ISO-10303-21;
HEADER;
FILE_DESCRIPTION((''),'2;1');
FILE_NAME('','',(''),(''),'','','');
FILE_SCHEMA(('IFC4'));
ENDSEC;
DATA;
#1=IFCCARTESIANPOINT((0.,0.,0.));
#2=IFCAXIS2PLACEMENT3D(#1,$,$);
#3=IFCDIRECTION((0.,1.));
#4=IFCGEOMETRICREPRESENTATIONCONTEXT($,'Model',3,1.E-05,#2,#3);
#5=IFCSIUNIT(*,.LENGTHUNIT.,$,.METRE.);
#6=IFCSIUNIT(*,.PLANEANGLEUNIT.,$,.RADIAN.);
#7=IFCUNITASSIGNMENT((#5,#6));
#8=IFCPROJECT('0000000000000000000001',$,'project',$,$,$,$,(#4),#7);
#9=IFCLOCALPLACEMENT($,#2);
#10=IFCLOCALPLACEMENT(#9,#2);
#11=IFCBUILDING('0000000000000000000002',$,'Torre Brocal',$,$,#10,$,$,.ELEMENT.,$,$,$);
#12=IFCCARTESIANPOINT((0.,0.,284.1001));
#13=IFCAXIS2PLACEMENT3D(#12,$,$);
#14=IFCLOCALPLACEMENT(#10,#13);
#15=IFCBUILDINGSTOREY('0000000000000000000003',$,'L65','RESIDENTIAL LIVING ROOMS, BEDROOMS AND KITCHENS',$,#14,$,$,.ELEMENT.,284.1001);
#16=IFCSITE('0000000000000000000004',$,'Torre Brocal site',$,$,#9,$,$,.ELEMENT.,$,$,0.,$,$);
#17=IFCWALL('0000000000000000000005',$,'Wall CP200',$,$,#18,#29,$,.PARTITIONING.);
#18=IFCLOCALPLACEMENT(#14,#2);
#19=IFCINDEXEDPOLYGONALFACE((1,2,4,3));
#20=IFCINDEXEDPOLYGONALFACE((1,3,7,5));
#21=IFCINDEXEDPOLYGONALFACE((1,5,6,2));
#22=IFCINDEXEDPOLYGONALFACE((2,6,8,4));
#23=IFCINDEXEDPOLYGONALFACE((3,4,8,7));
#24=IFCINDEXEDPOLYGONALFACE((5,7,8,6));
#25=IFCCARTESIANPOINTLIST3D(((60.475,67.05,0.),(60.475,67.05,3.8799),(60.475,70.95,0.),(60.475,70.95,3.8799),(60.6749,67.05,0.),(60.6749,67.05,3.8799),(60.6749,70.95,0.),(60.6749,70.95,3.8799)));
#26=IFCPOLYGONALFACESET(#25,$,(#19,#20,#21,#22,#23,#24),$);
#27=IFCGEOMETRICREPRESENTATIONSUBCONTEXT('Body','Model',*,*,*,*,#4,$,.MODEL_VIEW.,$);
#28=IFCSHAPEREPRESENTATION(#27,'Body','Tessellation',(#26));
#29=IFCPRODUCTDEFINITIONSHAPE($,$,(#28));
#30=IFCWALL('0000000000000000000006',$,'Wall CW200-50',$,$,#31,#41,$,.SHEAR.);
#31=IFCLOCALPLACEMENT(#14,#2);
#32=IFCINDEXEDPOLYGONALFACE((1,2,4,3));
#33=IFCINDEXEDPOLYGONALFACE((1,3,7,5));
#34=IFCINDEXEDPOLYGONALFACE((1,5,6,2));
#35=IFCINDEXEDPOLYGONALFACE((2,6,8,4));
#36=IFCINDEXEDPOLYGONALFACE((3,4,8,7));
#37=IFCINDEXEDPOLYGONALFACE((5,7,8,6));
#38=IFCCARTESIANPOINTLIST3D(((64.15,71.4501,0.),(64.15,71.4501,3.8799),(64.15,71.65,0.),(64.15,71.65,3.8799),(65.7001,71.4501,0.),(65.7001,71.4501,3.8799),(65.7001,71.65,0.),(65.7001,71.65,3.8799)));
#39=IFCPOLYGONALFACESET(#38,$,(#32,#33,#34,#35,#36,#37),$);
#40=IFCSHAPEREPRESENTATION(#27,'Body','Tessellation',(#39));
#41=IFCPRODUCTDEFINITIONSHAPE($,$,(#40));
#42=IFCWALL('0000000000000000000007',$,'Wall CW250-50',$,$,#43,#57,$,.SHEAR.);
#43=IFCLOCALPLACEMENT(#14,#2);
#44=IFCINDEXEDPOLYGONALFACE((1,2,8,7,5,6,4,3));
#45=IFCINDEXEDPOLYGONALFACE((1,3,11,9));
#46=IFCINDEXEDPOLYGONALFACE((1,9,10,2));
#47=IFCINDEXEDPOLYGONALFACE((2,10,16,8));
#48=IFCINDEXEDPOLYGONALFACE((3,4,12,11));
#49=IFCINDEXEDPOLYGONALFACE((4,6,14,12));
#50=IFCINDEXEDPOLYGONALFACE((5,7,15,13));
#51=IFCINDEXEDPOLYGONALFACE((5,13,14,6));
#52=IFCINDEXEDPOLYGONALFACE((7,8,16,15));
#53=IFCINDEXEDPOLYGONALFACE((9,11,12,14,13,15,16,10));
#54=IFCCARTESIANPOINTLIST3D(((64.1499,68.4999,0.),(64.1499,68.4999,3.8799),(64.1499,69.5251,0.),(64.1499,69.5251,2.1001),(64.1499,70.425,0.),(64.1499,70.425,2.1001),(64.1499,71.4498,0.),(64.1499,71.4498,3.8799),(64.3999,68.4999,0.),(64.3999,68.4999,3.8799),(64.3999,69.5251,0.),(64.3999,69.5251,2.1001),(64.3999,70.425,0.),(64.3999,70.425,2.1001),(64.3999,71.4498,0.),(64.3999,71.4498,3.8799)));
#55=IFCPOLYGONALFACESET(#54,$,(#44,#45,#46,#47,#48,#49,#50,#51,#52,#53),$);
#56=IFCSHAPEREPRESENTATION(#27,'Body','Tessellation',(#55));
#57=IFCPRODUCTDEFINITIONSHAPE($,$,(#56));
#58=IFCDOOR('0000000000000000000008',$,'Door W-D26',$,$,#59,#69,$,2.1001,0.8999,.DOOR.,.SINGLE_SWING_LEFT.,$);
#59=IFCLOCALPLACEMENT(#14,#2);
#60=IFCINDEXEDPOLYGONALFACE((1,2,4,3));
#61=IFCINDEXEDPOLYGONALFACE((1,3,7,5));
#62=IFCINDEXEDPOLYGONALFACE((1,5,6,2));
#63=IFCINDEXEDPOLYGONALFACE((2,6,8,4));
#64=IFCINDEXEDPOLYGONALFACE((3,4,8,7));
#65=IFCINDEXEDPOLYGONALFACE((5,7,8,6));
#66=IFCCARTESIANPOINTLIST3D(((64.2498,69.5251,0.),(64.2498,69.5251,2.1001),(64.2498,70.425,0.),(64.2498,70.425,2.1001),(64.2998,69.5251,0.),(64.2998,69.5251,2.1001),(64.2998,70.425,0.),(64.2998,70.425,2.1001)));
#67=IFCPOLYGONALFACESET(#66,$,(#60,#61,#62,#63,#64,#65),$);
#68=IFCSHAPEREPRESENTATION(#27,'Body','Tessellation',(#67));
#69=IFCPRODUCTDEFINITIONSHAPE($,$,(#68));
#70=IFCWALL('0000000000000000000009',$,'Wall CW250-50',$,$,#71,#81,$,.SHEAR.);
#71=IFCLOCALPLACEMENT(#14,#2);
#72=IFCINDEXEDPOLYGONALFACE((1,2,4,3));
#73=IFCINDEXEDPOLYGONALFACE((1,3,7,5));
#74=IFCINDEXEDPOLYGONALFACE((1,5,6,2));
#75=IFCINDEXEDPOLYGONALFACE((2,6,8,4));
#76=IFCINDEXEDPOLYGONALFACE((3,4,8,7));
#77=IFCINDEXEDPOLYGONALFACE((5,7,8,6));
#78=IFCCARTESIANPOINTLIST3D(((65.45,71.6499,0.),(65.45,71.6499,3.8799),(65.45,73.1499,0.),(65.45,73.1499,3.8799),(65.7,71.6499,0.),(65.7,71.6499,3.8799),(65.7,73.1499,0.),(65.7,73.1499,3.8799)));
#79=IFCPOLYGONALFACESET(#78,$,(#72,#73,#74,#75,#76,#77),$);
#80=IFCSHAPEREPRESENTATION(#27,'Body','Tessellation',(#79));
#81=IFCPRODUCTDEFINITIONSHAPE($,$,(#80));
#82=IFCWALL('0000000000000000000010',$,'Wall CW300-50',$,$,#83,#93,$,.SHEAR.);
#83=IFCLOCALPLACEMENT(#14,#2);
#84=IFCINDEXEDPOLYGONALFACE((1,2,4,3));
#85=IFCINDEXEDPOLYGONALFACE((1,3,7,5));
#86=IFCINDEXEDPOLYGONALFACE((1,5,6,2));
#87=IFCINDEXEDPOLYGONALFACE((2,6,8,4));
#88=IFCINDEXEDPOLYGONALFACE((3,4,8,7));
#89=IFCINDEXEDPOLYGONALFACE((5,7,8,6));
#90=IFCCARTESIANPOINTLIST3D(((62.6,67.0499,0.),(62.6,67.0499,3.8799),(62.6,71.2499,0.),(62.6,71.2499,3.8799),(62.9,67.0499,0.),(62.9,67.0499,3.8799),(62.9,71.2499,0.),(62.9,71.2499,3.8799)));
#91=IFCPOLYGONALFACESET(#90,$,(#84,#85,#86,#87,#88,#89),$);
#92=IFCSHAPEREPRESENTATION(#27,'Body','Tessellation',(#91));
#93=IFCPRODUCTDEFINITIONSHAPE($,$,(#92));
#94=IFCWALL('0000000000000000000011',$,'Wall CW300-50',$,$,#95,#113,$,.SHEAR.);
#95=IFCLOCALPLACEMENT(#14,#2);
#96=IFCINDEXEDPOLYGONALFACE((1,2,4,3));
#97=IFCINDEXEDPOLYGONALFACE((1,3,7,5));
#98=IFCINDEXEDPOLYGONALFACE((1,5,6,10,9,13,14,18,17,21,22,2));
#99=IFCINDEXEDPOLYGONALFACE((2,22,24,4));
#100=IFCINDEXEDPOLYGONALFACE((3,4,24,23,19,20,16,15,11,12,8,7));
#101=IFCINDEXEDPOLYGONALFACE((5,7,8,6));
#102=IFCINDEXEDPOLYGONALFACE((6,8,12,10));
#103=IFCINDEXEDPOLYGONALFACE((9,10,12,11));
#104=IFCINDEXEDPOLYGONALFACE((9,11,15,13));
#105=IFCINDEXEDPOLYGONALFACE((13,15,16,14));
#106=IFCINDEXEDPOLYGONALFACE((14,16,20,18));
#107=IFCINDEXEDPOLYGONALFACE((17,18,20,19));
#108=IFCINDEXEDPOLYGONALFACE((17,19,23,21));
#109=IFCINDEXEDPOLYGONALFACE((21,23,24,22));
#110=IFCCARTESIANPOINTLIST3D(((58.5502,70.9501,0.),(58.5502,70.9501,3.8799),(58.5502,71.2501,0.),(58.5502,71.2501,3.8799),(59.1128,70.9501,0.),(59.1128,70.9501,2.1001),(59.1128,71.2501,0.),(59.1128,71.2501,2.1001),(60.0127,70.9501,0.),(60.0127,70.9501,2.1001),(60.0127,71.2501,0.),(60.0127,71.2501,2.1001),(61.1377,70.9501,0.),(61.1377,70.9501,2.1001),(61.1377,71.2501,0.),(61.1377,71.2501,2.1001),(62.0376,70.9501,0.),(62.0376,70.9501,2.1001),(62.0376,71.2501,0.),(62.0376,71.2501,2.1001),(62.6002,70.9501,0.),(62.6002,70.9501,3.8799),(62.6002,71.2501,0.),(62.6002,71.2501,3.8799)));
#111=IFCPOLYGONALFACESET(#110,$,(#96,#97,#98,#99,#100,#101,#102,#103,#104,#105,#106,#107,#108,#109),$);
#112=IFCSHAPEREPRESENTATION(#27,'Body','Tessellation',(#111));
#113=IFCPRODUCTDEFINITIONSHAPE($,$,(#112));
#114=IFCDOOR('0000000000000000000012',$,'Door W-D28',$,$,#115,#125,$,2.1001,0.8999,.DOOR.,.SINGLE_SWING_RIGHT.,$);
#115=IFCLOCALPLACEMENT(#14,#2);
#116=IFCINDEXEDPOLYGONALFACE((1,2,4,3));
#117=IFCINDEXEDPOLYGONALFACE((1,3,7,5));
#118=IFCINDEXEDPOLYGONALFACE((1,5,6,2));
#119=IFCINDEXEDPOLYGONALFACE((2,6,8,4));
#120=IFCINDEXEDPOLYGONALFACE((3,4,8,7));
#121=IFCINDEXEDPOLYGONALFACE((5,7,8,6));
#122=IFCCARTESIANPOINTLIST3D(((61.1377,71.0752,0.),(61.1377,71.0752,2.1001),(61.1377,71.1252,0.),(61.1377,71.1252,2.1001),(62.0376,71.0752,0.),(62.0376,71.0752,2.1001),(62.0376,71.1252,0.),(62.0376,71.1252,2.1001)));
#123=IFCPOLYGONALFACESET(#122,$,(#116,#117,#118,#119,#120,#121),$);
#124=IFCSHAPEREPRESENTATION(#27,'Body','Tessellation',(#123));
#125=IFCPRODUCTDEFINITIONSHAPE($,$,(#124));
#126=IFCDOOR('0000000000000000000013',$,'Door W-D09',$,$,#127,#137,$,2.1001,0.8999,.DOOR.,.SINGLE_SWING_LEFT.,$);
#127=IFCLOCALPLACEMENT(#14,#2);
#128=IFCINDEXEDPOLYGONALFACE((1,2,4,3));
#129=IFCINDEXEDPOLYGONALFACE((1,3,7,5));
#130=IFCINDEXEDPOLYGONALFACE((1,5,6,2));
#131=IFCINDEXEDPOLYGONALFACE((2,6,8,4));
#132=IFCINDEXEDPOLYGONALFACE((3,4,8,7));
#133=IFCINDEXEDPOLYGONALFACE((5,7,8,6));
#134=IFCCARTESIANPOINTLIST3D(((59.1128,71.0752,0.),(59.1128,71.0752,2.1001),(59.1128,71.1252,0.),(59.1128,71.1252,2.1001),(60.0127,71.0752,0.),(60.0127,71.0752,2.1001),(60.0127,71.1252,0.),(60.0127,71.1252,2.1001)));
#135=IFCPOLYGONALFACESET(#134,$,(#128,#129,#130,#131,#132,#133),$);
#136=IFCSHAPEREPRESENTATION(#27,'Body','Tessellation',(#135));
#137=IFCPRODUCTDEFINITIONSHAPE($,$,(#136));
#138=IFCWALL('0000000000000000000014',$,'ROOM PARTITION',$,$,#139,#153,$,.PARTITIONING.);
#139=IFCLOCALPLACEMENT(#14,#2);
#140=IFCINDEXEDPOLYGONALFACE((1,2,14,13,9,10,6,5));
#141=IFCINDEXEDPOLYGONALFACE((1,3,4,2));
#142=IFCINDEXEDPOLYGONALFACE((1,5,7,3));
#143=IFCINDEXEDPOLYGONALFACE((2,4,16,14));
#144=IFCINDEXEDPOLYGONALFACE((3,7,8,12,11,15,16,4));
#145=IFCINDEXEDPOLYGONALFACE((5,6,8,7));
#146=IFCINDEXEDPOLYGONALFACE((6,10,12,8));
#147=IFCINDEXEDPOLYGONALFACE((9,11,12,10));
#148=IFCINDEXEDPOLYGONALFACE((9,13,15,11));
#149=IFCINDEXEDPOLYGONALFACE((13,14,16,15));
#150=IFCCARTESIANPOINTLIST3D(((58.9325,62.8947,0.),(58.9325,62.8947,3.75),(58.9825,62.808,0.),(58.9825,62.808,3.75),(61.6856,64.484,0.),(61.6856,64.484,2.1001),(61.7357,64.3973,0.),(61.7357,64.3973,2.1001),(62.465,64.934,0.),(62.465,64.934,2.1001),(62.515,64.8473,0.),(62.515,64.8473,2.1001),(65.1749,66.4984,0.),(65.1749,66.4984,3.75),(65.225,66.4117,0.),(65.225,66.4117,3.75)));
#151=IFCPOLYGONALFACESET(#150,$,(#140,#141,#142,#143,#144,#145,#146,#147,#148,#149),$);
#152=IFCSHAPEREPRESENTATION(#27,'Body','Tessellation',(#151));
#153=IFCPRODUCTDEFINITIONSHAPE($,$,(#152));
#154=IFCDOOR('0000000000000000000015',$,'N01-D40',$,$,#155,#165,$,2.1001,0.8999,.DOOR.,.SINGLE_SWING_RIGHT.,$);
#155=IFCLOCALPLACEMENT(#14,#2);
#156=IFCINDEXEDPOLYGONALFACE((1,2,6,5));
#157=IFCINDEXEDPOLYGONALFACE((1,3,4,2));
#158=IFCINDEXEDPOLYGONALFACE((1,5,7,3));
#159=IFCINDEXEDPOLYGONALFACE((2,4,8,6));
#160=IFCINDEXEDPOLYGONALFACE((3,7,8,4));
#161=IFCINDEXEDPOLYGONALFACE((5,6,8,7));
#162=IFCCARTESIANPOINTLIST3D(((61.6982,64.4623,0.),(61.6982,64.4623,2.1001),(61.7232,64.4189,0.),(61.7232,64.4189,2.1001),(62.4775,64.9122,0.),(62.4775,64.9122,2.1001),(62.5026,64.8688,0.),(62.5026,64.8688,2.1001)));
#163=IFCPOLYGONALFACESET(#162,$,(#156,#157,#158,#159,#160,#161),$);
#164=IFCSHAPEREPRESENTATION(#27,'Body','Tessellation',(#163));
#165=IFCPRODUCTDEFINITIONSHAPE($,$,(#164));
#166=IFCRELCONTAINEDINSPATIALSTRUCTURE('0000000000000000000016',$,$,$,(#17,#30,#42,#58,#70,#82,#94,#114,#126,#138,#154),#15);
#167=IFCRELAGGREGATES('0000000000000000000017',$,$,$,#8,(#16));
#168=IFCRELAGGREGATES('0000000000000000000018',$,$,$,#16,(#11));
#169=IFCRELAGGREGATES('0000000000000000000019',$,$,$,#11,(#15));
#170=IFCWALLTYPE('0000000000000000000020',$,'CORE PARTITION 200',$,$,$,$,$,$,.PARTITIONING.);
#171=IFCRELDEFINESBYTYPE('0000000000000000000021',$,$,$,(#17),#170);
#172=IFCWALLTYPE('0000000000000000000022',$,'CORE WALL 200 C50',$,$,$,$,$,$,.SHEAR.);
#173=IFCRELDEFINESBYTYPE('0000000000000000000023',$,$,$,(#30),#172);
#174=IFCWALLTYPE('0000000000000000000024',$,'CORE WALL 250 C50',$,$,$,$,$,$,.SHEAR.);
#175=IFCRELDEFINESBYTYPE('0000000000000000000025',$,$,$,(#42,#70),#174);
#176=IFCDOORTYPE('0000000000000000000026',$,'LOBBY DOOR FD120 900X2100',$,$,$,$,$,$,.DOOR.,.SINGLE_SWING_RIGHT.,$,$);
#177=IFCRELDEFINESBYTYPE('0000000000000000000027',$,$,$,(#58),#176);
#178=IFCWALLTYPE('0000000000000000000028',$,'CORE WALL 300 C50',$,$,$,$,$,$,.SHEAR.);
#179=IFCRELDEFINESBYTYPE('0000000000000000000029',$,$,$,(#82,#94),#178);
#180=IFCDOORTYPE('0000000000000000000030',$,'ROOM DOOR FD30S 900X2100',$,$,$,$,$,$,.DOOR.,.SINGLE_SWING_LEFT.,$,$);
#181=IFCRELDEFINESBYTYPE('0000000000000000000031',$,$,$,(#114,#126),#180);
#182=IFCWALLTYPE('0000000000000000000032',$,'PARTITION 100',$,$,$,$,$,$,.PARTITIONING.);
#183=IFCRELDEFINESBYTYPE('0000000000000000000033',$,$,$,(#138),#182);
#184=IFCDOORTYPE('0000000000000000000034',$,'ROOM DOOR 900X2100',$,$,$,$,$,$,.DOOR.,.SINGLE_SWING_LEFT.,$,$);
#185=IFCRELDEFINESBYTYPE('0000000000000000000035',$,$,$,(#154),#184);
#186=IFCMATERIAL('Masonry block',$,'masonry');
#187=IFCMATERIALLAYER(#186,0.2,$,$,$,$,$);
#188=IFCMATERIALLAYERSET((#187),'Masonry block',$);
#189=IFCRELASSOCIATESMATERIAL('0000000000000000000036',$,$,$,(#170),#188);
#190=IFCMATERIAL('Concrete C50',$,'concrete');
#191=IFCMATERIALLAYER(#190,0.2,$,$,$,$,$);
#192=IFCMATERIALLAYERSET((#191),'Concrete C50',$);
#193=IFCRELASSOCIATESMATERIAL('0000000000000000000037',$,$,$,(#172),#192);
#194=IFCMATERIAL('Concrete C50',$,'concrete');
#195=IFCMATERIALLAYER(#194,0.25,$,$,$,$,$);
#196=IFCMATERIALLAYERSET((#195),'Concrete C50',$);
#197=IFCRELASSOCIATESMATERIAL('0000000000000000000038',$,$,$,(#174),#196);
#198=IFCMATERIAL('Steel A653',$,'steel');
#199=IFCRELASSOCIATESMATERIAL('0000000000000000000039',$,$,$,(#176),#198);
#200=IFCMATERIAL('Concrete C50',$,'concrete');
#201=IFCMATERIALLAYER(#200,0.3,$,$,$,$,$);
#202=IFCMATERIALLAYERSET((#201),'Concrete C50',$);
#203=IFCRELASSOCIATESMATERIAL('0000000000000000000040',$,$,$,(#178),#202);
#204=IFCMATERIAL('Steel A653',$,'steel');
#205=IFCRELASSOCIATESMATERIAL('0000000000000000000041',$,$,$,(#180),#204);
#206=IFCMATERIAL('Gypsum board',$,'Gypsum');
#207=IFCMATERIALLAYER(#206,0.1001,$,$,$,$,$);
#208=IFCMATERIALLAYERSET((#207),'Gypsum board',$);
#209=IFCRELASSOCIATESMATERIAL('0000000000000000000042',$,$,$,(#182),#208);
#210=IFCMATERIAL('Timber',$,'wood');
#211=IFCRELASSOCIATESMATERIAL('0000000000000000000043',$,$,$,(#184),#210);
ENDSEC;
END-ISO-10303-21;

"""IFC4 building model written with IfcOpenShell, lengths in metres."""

from ifc_helpers import new_model, si_unit, direction, frame, frame_2d, origin, place, context, subcontext, project, spatial, rectangle, extrude, material, layer, layer_set, type_object, element, fill, save


model = new_model("IFC4")

# Units and contexts
model_context = context("Model", 3, precision=1e-05, world=origin(), true_north=direction((0.0, 1.0)))
body_context = subcontext(model_context, "Body", "Model", "MODEL_VIEW")
ifc_project = project(units=[si_unit("LENGTHUNIT", "METRE"), si_unit("PLANEANGLEUNIT", "RADIAN")], contexts=[model_context])

# Site, building, storey
site_placement = place(None, origin())
site = spatial("IfcSite", under=ifc_project, at=site_placement, Name="Torre Brocal site", CompositionType="ELEMENT", RefElevation=0.0)
building_placement = place(site_placement, origin())
building = spatial("IfcBuilding", under=site, at=building_placement, Name="Torre Brocal", CompositionType="ELEMENT")
storey_placement = place(building_placement, frame((0.0, 0.0, 284.1001)))
storey = spatial("IfcBuildingStorey", under=building, at=storey_placement, Name="L65", Description="RESIDENTIAL LIVING ROOMS, BEDROOMS AND KITCHENS", CompositionType="ELEMENT", Elevation=284.1001)

# Walls
ifc_material_1 = material(Name="Masonry block", Category="masonry")
ifc_layer_1 = layer(ifc_material_1, 0.2)
ifc_layer_set_1 = layer_set([ifc_layer_1], Name="Masonry block")
wall_type_1 = type_object("IfcWallType", Name="CORE PARTITION 200", PredefinedType="PARTITIONING", material=ifc_layer_set_1)
wall_1_placement = place(storey_placement, frame((60.575, 70.95, 0.0), z_axis=(0.0, 0.0, 1.0), x_axis=(0.0, -1.0, 0.0)))
element("IfcWall", 1, at=wall_1_placement, inside=storey, type_object=wall_type_1, Name="Wall CP200", PredefinedType="PARTITIONING", context=body_context, shape_type="SweptSolid", body=[
    extrude(rectangle(XDim=3.8999, YDim=0.2, at=frame_2d((1.95, 0.0))), origin(), (0.0, 0.0, 1.0), 3.8799),
])
ifc_material_2 = material(Name="Concrete C50", Category="concrete")
ifc_layer_2 = layer(ifc_material_2, 0.2)
ifc_layer_set_2 = layer_set([ifc_layer_2], Name="Concrete C50")
wall_type_2 = type_object("IfcWallType", Name="CORE WALL 200 C50", PredefinedType="SHEAR", material=ifc_layer_set_2)
wall_2_placement = place(storey_placement, frame((65.7, 71.55, 0.0), z_axis=(0.0, 0.0, 1.0), x_axis=(-1.0, 0.0, 0.0)))
element("IfcWall", 2, at=wall_2_placement, inside=storey, type_object=wall_type_2, Name="Wall CW200-50", PredefinedType="SHEAR", context=body_context, shape_type="SweptSolid", body=[
    extrude(rectangle(XDim=1.55, YDim=0.2, at=frame_2d((0.7749, 0.0))), origin(), (0.0, 0.0, 1.0), 3.8799),
])

# Wall, opening, door
ifc_material_3 = material(Name="Concrete C50", Category="concrete")
ifc_layer_3 = layer(ifc_material_3, 0.25)
ifc_layer_set_3 = layer_set([ifc_layer_3], Name="Concrete C50")
wall_type_3 = type_object("IfcWallType", Name="CORE WALL 250 C50", PredefinedType="SHEAR", material=ifc_layer_set_3)
wall_3_placement = place(storey_placement, frame((64.2749, 71.45, 0.0), z_axis=(0.0, 0.0, 1.0), x_axis=(0.0, -1.0, 0.0)))
wall_3 = element("IfcWall", 3, at=wall_3_placement, inside=storey, type_object=wall_type_3, Name="Wall CW250-50", PredefinedType="SHEAR", context=body_context, shape_type="SweptSolid", body=[
    extrude(rectangle(XDim=2.95, YDim=0.25, at=frame_2d((1.4751, 0.0))), origin(), (0.0, 0.0, 1.0), 3.8799),
])
opening_1_placement = place(wall_3_placement, frame((1.0249, 0.0, 0.0)))
opening_1 = element("IfcOpeningElement", 4, at=opening_1_placement, cuts=wall_3, PredefinedType="OPENING", context=body_context, shape_type="SweptSolid", body=[
    extrude(rectangle(XDim=0.8999, YDim=2.1001, at=frame_2d((0.45, 1.05))), frame((0.0, 0.135, 0.0), z_axis=(0.0, -1.0, 0.0), x_axis=(1.0, 0.0, 0.0)), (0.0, 0.0, 1.0), 0.27),
])
ifc_material_4 = material(Name="Steel A653", Category="steel")
door_type_1 = type_object("IfcDoorType", Name="LOBBY DOOR FD120 900X2100", OperationType="SINGLE_SWING_RIGHT", PredefinedType="DOOR", material=ifc_material_4)
door_1_placement = place(opening_1_placement, origin())
door_1 = element("IfcDoor", 5, at=door_1_placement, inside=storey, type_object=door_type_1, Name="Door W-D26", OperationType="SINGLE_SWING_LEFT", OverallHeight=2.1001, OverallWidth=0.8999, PredefinedType="DOOR", context=body_context, shape_type="SweptSolid", body=[
    extrude(rectangle(XDim=0.8999, YDim=2.1001, at=frame_2d((0.45, 1.05))), frame((0.0, 0.0249, 0.0), z_axis=(0.0, -1.0, 0.0), x_axis=(1.0, 0.0, 0.0)), (0.0, 0.0, 1.0), 0.05),
])
fill(opening_1, door_1)

# Walls
wall_4_placement = place(storey_placement, frame((65.575, 73.1499, 0.0), z_axis=(0.0, 0.0, 1.0), x_axis=(0.0, -1.0, 0.0)))
element("IfcWall", 6, at=wall_4_placement, inside=storey, type_object=wall_type_3, Name="Wall CW250-50", PredefinedType="SHEAR", context=body_context, shape_type="SweptSolid", body=[
    extrude(rectangle(XDim=1.5, YDim=0.25, at=frame_2d((0.75, 0.0))), origin(), (0.0, 0.0, 1.0), 3.8799),
])
ifc_material_5 = material(Name="Concrete C50", Category="concrete")
ifc_layer_4 = layer(ifc_material_5, 0.3)
ifc_layer_set_4 = layer_set([ifc_layer_4], Name="Concrete C50")
wall_type_4 = type_object("IfcWallType", Name="CORE WALL 300 C50", PredefinedType="SHEAR", material=ifc_layer_set_4)
wall_5_placement = place(storey_placement, frame((62.75, 71.25, 0.0), z_axis=(0.0, 0.0, 1.0), x_axis=(0.0, -1.0, 0.0)))
element("IfcWall", 7, at=wall_5_placement, inside=storey, type_object=wall_type_4, Name="Wall CW300-50", PredefinedType="SHEAR", context=body_context, shape_type="SweptSolid", body=[
    extrude(rectangle(XDim=4.2, YDim=0.3, at=frame_2d((2.1001, 0.0))), origin(), (0.0, 0.0, 1.0), 3.8799),
])

# Wall, openings, doors
wall_6_placement = place(storey_placement, frame((62.6001, 71.1001, 0.0), z_axis=(0.0, 0.0, 1.0), x_axis=(-1.0, 0.0, 0.0)))
wall_6 = element("IfcWall", 8, at=wall_6_placement, inside=storey, type_object=wall_type_4, Name="Wall CW300-50", PredefinedType="SHEAR", context=body_context, shape_type="SweptSolid", body=[
    extrude(rectangle(XDim=4.05, YDim=0.3, at=frame_2d((2.0249, 0.0))), origin(), (0.0, 0.0, 1.0), 3.8799),
])
opening_2_placement = place(wall_6_placement, frame((0.5625, 0.0, 0.0)))
opening_2 = element("IfcOpeningElement", 9, at=opening_2_placement, cuts=wall_6, PredefinedType="OPENING", context=body_context, shape_type="SweptSolid", body=[
    extrude(rectangle(XDim=0.8999, YDim=2.1001, at=frame_2d((0.45, 1.05))), frame((0.0, 0.1599, 0.0), z_axis=(0.0, -1.0, 0.0), x_axis=(1.0, 0.0, 0.0)), (0.0, 0.0, 1.0), 0.3201),
])
opening_3_placement = place(wall_6_placement, frame((2.5874, 0.0, 0.0)))
opening_3 = element("IfcOpeningElement", 10, at=opening_3_placement, cuts=wall_6, PredefinedType="OPENING", context=body_context, shape_type="SweptSolid", body=[
    extrude(rectangle(XDim=0.8999, YDim=2.1001, at=frame_2d((0.45, 1.05))), frame((0.0, 0.1599, 0.0), z_axis=(0.0, -1.0, 0.0), x_axis=(1.0, 0.0, 0.0)), (0.0, 0.0, 1.0), 0.3201),
])
ifc_material_6 = material(Name="Steel A653", Category="steel")
door_type_2 = type_object("IfcDoorType", Name="ROOM DOOR FD30S 900X2100", OperationType="SINGLE_SWING_LEFT", PredefinedType="DOOR", material=ifc_material_6)
door_2_placement = place(opening_2_placement, origin())
door_2 = element("IfcDoor", 11, at=door_2_placement, inside=storey, type_object=door_type_2, Name="Door W-D28", OperationType="SINGLE_SWING_RIGHT", OverallHeight=2.1001, OverallWidth=0.8999, PredefinedType="DOOR", context=body_context, shape_type="SweptSolid", body=[
    extrude(rectangle(XDim=0.8999, YDim=2.1001, at=frame_2d((0.45, 1.05))), frame((0.0, 0.0249, 0.0), z_axis=(0.0, -1.0, 0.0), x_axis=(1.0, 0.0, 0.0)), (0.0, 0.0, 1.0), 0.05),
])
fill(opening_2, door_2)
door_3_placement = place(opening_3_placement, origin())
door_3 = element("IfcDoor", 12, at=door_3_placement, inside=storey, type_object=door_type_2, Name="Door W-D09", OperationType="SINGLE_SWING_LEFT", OverallHeight=2.1001, OverallWidth=0.8999, PredefinedType="DOOR", context=body_context, shape_type="SweptSolid", body=[
    extrude(rectangle(XDim=0.8999, YDim=2.1001, at=frame_2d((0.45, 1.05))), frame((0.0, 0.0249, 0.0), z_axis=(0.0, -1.0, 0.0), x_axis=(1.0, 0.0, 0.0)), (0.0, 0.0, 1.0), 0.05),
])
fill(opening_3, door_3)

# Wall, opening, door
ifc_material_7 = material(Name="Gypsum board", Category="Gypsum")
ifc_layer_5 = layer(ifc_material_7, 0.1001)
ifc_layer_set_5 = layer_set([ifc_layer_5], Name="Gypsum board")
wall_type_5 = type_object("IfcWallType", Name="PARTITION 100", PredefinedType="PARTITIONING", material=ifc_layer_set_5)
wall_7_placement = place(storey_placement, frame((58.9575, 62.8513, 0.0), z_axis=(0.0, 0.0, 1.0), x_axis=(0.866044, 0.499968, 0.0)))
wall_7 = element("IfcWall", 13, at=wall_7_placement, inside=storey, type_object=wall_type_5, Name="ROOM PARTITION", PredefinedType="PARTITIONING", context=body_context, shape_type="SweptSolid", body=[
    extrude(rectangle(XDim=7.208, YDim=0.1001, at=frame_2d((3.604, 0.0))), origin(), (0.0, 0.0, 1.0), 3.75),
])
opening_4_placement = place(wall_7_placement, frame((3.179, 0.0, 0.0)))
opening_4 = element("IfcOpeningElement", 14, at=opening_4_placement, cuts=wall_7, PredefinedType="OPENING", context=body_context, shape_type="SweptSolid", body=[
    extrude(rectangle(XDim=0.8999, YDim=2.1001, at=frame_2d((0.45, 1.05))), frame((0.0, 0.0601, 0.0), z_axis=(0.0, -1.0, 0.0), x_axis=(1.0, 0.0, 0.0)), (0.0, 0.0, 1.0), 0.1201),
])
ifc_material_8 = material(Name="Timber", Category="wood")
door_type_3 = type_object("IfcDoorType", Name="ROOM DOOR 900X2100", OperationType="SINGLE_SWING_LEFT", PredefinedType="DOOR", material=ifc_material_8)
door_4_placement = place(opening_4_placement, origin())
door_4 = element("IfcDoor", 15, at=door_4_placement, inside=storey, type_object=door_type_3, Name="N01-D40", OperationType="SINGLE_SWING_RIGHT", OverallHeight=2.1001, OverallWidth=0.8999, PredefinedType="DOOR", context=body_context, shape_type="SweptSolid", body=[
    extrude(rectangle(XDim=0.8999, YDim=2.1001, at=frame_2d((0.45, 1.05))), frame((0.0, 0.0249, 0.0), z_axis=(0.0, -1.0, 0.0), x_axis=(1.0, 0.0, 0.0)), (0.0, 0.0, 1.0), 0.05),
])
fill(opening_4, door_4)

save(model, "model.ifc")
